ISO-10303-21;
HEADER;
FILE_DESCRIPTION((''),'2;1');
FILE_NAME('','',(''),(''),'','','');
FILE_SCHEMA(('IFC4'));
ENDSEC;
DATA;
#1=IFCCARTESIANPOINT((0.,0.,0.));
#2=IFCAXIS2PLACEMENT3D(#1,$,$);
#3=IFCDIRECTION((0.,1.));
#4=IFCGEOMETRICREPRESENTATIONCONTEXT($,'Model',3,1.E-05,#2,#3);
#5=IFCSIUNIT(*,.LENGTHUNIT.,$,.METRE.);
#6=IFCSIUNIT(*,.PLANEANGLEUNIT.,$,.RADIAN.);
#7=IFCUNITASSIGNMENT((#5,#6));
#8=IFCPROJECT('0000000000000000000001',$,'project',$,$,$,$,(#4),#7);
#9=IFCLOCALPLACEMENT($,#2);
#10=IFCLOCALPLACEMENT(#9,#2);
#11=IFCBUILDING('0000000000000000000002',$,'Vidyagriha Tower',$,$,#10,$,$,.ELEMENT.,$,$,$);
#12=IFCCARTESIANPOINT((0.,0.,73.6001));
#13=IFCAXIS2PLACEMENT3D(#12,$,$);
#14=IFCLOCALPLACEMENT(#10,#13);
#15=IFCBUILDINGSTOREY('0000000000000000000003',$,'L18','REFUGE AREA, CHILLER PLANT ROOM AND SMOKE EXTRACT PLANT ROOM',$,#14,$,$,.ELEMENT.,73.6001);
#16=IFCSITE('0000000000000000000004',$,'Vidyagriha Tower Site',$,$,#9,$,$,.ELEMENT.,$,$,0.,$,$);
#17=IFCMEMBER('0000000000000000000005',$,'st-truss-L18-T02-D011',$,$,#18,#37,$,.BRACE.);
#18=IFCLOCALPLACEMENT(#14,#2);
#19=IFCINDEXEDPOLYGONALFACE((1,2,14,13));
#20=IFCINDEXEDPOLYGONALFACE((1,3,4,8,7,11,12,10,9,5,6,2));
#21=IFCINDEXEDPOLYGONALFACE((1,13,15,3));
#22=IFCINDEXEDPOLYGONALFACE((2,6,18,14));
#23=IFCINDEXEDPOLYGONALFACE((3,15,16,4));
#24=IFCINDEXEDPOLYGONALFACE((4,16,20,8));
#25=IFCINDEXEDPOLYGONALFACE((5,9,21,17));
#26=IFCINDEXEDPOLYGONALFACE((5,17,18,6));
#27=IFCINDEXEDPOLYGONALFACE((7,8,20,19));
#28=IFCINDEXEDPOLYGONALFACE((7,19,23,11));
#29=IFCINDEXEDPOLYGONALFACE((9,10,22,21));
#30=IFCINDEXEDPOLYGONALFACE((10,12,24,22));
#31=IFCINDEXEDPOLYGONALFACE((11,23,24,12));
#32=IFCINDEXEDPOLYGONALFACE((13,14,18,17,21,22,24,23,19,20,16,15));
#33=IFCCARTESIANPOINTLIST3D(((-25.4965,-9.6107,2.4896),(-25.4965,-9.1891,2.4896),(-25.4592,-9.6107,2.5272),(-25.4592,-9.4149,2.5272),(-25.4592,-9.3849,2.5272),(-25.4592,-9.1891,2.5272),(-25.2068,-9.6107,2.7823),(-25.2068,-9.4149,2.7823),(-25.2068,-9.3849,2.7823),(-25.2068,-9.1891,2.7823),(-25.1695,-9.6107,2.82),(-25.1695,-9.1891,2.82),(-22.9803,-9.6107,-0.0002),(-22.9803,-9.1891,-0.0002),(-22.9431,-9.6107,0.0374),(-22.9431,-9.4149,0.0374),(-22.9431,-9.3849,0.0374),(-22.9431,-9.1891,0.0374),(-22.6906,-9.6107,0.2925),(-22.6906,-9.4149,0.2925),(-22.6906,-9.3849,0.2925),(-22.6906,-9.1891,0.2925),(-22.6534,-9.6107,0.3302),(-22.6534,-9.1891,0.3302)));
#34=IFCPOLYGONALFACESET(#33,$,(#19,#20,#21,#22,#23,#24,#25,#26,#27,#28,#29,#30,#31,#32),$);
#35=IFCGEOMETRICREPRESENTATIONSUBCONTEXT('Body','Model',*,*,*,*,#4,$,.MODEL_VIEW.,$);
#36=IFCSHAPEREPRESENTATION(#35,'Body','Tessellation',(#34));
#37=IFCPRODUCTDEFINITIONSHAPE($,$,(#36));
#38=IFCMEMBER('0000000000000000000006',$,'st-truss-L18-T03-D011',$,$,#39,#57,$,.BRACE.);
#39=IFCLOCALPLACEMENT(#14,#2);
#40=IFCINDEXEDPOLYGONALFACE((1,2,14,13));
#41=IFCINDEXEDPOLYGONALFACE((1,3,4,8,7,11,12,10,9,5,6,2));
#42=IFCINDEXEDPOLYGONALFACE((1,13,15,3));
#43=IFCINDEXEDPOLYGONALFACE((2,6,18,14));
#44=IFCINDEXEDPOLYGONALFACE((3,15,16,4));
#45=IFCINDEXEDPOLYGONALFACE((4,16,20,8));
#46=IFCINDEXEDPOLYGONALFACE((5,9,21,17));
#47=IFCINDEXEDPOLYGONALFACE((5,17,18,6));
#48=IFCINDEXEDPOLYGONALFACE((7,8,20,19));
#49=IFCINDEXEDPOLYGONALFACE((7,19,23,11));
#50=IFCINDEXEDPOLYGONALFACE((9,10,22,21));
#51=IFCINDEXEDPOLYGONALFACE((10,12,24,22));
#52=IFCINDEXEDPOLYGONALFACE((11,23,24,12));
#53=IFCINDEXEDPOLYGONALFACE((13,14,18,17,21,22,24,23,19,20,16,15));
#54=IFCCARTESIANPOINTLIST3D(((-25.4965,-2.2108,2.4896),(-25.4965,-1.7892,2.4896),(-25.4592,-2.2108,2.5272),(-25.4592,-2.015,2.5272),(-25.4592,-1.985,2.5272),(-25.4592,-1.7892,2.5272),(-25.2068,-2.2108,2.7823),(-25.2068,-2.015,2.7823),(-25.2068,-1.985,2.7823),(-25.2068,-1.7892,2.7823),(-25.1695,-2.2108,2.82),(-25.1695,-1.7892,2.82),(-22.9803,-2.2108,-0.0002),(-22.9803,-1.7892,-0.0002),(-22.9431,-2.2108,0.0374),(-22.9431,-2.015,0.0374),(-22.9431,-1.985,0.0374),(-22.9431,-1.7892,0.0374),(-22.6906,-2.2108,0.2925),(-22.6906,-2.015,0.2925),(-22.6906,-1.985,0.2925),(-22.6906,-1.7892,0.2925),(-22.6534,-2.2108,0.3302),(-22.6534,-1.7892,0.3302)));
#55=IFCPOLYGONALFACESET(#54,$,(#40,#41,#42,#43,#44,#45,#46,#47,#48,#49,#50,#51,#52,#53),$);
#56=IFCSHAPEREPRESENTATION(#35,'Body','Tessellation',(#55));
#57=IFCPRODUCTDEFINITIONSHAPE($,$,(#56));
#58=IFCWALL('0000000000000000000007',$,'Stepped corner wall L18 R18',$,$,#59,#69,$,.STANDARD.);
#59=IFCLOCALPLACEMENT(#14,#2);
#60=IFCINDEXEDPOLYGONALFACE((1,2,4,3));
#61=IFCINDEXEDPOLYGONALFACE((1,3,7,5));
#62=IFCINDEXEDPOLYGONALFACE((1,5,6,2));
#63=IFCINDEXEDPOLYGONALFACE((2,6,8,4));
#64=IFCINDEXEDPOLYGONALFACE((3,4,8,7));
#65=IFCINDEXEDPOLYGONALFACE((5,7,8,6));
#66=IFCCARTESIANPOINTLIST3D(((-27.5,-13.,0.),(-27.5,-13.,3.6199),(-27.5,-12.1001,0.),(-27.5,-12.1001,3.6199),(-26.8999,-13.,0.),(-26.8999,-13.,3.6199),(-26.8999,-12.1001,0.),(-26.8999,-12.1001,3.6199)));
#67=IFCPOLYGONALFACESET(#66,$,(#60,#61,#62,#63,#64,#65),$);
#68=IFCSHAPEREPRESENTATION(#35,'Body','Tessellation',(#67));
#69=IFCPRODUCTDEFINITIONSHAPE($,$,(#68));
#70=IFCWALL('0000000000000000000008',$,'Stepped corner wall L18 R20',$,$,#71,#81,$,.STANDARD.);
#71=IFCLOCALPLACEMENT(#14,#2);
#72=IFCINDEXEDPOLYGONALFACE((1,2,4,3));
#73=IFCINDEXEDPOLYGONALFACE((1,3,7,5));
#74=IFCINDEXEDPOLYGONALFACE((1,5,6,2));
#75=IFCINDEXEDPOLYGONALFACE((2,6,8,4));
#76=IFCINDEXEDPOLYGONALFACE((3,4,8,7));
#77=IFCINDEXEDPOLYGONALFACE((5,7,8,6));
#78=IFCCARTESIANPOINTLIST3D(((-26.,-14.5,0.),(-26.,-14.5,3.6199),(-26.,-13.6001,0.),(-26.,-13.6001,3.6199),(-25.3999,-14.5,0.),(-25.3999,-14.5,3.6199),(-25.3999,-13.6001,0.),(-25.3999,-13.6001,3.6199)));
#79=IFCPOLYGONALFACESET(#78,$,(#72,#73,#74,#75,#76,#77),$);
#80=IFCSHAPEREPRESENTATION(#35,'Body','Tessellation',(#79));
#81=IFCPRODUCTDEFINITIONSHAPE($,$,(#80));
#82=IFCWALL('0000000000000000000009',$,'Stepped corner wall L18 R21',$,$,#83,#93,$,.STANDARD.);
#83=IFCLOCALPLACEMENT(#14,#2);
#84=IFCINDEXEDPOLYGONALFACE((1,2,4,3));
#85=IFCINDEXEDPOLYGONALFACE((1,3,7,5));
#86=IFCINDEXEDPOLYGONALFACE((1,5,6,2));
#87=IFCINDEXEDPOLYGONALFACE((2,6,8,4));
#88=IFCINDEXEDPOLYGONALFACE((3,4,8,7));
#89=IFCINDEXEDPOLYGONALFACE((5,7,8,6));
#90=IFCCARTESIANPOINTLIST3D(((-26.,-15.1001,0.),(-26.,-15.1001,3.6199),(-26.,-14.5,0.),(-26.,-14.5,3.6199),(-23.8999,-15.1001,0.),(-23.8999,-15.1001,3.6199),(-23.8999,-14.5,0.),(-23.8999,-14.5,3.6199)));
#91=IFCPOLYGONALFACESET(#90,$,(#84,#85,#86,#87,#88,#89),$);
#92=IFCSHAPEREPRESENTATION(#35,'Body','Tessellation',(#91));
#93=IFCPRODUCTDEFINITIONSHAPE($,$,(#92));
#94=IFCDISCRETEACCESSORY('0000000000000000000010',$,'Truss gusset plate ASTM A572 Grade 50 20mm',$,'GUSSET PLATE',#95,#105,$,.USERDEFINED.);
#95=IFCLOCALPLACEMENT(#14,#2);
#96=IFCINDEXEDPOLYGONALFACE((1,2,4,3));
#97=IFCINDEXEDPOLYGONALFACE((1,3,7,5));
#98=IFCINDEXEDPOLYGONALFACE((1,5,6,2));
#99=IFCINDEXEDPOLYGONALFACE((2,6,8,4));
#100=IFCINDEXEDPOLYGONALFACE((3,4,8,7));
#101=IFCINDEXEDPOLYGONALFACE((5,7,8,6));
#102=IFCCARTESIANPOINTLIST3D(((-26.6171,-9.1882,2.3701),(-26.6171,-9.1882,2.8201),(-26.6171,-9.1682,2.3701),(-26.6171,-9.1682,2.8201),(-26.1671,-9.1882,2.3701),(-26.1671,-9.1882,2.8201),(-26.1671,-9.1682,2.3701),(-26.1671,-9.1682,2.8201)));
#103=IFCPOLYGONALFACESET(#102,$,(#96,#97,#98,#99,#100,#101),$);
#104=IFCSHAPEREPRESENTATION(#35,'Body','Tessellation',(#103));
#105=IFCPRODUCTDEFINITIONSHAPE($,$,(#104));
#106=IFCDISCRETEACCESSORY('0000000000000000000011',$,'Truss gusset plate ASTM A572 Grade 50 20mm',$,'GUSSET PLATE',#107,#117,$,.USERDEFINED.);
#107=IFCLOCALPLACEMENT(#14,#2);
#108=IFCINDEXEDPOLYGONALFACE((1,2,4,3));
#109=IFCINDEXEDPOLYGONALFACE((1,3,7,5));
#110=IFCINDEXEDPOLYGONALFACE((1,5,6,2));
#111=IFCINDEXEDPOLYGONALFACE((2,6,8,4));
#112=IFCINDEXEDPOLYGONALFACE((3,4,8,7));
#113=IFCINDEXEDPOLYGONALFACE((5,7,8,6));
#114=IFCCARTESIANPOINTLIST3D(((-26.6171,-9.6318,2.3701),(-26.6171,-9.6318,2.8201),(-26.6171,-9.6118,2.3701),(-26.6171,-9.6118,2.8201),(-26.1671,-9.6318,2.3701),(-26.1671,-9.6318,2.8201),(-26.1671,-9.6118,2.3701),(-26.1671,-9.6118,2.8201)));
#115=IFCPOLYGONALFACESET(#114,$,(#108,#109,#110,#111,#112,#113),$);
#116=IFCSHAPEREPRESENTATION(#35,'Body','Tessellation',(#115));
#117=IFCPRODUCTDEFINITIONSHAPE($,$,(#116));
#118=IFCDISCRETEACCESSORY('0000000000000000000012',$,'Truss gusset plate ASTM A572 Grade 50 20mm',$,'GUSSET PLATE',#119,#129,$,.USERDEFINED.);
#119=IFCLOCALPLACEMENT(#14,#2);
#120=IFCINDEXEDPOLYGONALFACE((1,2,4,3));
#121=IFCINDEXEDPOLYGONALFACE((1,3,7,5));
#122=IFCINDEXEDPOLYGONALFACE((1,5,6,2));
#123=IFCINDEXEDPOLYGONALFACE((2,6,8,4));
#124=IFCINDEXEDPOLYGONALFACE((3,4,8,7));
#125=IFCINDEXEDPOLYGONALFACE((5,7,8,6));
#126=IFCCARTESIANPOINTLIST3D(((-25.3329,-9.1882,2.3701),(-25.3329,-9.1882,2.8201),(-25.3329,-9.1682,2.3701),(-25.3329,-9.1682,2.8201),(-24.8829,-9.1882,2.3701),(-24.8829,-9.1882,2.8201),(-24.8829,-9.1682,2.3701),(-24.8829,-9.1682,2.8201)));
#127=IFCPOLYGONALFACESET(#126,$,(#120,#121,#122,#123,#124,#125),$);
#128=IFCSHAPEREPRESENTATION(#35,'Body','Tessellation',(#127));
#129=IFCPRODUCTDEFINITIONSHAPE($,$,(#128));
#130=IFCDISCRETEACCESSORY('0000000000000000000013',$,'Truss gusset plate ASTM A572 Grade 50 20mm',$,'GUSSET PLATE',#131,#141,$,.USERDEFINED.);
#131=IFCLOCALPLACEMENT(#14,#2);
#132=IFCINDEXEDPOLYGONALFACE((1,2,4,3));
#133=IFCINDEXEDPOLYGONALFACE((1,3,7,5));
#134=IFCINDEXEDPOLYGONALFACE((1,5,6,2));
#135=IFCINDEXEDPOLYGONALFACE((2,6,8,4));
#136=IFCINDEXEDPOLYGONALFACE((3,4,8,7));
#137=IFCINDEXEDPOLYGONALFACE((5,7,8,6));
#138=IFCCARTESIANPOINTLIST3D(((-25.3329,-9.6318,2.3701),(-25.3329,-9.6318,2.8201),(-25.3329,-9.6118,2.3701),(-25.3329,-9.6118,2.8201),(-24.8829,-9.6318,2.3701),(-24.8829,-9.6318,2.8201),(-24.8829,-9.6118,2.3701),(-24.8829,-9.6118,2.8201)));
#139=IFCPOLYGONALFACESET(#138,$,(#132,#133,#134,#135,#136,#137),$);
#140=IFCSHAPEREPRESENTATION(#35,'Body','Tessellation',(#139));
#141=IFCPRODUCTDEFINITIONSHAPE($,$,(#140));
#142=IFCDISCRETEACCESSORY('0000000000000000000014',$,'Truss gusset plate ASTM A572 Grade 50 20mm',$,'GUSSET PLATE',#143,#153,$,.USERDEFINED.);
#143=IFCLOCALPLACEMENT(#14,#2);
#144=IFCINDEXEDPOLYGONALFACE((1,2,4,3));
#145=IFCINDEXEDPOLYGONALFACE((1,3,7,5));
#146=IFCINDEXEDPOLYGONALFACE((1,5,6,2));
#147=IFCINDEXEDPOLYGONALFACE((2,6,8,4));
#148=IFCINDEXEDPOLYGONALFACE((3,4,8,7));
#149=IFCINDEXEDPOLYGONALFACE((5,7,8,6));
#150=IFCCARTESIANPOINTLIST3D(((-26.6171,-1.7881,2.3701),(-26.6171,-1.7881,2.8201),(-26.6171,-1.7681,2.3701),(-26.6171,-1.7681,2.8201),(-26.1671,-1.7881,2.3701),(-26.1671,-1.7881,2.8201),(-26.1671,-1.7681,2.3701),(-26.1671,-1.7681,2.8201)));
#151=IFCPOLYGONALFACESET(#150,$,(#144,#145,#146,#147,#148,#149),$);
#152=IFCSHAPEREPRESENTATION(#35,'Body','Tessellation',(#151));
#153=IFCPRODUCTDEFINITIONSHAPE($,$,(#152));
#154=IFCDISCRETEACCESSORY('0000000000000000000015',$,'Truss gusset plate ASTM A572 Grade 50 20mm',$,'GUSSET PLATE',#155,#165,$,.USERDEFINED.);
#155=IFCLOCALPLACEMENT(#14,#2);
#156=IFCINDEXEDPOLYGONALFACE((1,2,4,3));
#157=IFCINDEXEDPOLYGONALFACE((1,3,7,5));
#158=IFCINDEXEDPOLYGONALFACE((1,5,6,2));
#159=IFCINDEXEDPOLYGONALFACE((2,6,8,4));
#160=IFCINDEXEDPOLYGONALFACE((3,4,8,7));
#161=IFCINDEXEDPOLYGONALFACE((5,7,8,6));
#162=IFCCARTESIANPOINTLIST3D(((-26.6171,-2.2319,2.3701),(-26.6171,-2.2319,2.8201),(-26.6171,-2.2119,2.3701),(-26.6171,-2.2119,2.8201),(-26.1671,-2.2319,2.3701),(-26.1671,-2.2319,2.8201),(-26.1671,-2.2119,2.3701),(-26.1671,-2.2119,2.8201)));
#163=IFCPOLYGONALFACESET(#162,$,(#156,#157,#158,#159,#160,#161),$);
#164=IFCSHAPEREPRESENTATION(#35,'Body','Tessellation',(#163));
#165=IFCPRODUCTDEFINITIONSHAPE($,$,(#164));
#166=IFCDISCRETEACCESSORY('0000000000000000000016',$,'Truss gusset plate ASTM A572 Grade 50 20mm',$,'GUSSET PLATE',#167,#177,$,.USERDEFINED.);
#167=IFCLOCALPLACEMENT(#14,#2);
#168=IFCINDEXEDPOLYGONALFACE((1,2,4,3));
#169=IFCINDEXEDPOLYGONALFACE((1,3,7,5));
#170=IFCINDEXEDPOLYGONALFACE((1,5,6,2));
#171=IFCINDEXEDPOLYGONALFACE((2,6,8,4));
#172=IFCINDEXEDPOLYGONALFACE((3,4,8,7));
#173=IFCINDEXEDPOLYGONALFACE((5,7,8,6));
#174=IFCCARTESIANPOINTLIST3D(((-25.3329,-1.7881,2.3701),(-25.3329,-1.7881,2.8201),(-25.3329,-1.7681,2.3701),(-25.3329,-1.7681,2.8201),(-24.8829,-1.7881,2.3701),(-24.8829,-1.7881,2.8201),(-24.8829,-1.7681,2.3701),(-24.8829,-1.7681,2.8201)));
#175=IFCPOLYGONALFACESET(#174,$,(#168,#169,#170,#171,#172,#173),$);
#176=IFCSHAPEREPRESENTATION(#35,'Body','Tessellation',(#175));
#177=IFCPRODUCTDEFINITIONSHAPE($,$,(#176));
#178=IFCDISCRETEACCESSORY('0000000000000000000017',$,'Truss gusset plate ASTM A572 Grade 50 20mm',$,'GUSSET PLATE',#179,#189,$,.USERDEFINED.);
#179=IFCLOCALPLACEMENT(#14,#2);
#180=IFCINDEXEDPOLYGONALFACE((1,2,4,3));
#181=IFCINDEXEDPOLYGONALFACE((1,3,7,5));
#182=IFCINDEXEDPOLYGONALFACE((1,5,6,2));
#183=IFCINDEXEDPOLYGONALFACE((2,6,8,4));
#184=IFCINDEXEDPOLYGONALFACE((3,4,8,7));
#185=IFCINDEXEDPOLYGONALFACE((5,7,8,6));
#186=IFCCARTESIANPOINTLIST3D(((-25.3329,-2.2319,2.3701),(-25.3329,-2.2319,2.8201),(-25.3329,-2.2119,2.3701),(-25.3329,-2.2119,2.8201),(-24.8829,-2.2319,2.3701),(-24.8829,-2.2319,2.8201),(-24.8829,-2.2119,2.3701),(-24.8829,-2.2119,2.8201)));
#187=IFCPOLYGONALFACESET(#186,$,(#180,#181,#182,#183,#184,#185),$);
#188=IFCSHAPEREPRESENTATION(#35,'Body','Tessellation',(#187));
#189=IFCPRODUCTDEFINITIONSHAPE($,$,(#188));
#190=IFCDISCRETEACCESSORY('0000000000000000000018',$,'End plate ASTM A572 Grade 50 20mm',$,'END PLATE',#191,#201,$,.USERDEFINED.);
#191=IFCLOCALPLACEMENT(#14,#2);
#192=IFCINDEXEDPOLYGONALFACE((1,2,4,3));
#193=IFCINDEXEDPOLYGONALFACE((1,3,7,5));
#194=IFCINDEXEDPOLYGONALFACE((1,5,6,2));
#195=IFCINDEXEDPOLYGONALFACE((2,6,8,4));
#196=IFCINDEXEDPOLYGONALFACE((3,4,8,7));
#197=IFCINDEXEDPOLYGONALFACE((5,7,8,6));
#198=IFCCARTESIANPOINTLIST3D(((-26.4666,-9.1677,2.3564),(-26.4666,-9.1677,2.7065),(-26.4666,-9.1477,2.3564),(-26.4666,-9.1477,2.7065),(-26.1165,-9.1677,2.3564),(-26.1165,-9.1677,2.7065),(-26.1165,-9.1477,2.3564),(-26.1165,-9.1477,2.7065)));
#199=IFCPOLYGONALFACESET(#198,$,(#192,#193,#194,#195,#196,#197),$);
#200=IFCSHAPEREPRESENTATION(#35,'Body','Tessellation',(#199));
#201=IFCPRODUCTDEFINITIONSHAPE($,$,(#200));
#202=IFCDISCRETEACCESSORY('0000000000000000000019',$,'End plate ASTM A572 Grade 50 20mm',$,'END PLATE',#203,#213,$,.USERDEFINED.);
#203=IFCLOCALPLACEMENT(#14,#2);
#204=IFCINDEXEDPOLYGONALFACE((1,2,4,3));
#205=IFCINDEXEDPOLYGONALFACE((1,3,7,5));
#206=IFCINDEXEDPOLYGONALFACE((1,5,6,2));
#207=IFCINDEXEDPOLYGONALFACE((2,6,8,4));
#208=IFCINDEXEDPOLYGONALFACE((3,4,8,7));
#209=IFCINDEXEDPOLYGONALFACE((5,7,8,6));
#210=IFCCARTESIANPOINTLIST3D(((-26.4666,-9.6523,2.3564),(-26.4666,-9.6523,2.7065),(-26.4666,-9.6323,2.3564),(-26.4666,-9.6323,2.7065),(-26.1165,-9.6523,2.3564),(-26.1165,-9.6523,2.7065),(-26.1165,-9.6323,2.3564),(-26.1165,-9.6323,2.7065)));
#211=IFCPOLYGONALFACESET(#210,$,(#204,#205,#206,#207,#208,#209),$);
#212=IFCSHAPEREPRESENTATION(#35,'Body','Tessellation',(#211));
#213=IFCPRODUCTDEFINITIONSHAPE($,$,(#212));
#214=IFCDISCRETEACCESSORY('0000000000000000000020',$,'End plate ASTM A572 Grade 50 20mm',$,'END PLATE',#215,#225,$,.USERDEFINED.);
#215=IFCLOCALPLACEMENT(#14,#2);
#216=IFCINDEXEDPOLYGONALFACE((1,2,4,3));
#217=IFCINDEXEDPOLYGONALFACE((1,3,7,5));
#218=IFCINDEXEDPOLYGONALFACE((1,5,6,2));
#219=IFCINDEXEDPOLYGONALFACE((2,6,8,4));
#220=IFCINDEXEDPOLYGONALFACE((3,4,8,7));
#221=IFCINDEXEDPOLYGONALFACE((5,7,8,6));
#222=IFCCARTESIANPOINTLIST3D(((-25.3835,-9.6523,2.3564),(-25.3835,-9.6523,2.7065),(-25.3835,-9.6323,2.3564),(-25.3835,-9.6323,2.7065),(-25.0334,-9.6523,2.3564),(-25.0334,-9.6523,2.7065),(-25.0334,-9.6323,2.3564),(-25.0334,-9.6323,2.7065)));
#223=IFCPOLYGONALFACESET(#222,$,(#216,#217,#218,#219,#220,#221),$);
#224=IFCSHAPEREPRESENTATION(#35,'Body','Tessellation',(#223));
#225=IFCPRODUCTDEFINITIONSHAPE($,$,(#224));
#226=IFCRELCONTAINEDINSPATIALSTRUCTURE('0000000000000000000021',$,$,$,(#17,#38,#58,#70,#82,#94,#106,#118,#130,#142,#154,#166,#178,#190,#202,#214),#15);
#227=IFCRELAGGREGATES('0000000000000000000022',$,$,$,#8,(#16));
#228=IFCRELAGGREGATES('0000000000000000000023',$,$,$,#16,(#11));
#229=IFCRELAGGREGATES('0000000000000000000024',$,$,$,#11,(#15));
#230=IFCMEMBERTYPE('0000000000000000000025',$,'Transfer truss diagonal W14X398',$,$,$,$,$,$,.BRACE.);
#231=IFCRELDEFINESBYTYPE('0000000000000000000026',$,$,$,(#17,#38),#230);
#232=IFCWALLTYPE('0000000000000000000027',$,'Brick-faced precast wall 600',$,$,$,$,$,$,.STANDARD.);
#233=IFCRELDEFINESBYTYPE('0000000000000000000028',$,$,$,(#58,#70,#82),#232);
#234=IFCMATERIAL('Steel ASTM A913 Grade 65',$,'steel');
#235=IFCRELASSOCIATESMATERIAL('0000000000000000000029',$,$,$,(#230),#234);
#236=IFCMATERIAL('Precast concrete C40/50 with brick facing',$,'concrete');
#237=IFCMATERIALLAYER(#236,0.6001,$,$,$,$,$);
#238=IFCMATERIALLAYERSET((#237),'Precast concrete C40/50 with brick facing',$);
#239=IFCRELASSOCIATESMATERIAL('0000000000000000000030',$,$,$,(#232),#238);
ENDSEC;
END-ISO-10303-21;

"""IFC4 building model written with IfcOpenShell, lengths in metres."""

from ifc_helpers import new_model, si_unit, direction, frame, frame_2d, origin, origin_2d, place, context, subcontext, project, spatial, rectangle, i_section, extrude, material, layer, layer_set, material_profile, profile_set, type_object, element, save


model = new_model("IFC4")

# Units and contexts
model_context = context("Model", 3, precision=1e-05, world=origin(), true_north=direction((0.0, 1.0)))
body_context = subcontext(model_context, "Body", "Model", "MODEL_VIEW")
ifc_project = project(units=[si_unit("LENGTHUNIT", "METRE"), si_unit("PLANEANGLEUNIT", "RADIAN")], contexts=[model_context])

# Site, building, storey
site_placement = place(None, origin())
site = spatial("IfcSite", under=ifc_project, at=site_placement, Name="Vidyagriha Tower Site", CompositionType="ELEMENT", RefElevation=0.0)
building_placement = place(site_placement, origin())
building = spatial("IfcBuilding", under=site, at=building_placement, Name="Vidyagriha Tower", CompositionType="ELEMENT")
storey_placement = place(building_placement, frame((0.0, 0.0, 73.6001)))
storey = spatial("IfcBuildingStorey", under=building, at=storey_placement, Name="L18", Description="REFUGE AREA, CHILLER PLANT ROOM AND SMOKE EXTRACT PLANT ROOM", CompositionType="ELEMENT", Elevation=73.6001)

# Members
ifc_material_1 = material(Name="Steel ASTM A913 Grade 65", Category="steel")
ifc_material_profile = material_profile(ifc_material_1, i_section(OverallWidth=0.4216, OverallDepth=0.4648, WebThickness=0.03, FlangeThickness=0.053, at=origin_2d()), Name="W14X398")
ifc_profile_set = profile_set([ifc_material_profile], Name="Steel ASTM A913 Grade 65")
member_type = type_object("IfcMemberType", Name="Transfer truss diagonal W14X398", PredefinedType="BRACE", material=ifc_profile_set)
for number, where, z_axis, x_axis, name in (
    (1, (-25.333, -9.3999, 2.6548), (0.710821, 0.0, -0.703373), (0.0, 1.0, 0.0), "st-truss-L18-T02-D011"),
    (2, (-25.333, -2.0, 2.6548), (0.710821, 0.0, -0.703373), (0.0, 1.0, 0.0), "st-truss-L18-T03-D011"),
):
    element("IfcMember", number, at=place(storey_placement, frame(where, z_axis=z_axis, x_axis=x_axis)), inside=storey, type_object=member_type, Name=name, PredefinedType="BRACE", context=body_context, shape_type="SweptSolid", body=[
        extrude(i_section(OverallWidth=0.4216, OverallDepth=0.4648, WebThickness=0.03, FlangeThickness=0.053, at=origin_2d()), origin(), (0.0, 0.0, 1.0), 3.5398),
    ])

# Walls
ifc_material_2 = material(Name="Precast concrete C40/50 with brick facing", Category="concrete")
ifc_layer = layer(ifc_material_2, 0.6001)
ifc_layer_set = layer_set([ifc_layer], Name="Precast concrete C40/50 with brick facing")
wall_type = type_object("IfcWallType", Name="Brick-faced precast wall 600", PredefinedType="STANDARD", material=ifc_layer_set)
for number, where, z_axis, x_axis, name in (
    (3, (-27.2, -12.1001, 0.0), (0.0, 0.0, 1.0), (0.0, -1.0, 0.0), "Stepped corner wall L18 R18"),
    (4, (-25.7, -13.6001, 0.0), (0.0, 0.0, 1.0), (0.0, -1.0, 0.0), "Stepped corner wall L18 R20"),
):
    element("IfcWall", number, at=place(storey_placement, frame(where, z_axis=z_axis, x_axis=x_axis)), inside=storey, type_object=wall_type, Name=name, PredefinedType="STANDARD", context=body_context, shape_type="SweptSolid", body=[
        extrude(rectangle(XDim=0.8999, YDim=0.6001, at=frame_2d((0.45, 0.0))), origin(), (0.0, 0.0, 1.0), 3.6199),
    ])
wall_placement = place(storey_placement, frame((-26.0, -14.8, 0.0)))
element("IfcWall", 5, at=wall_placement, inside=storey, type_object=wall_type, Name="Stepped corner wall L18 R21", PredefinedType="STANDARD", context=body_context, shape_type="SweptSolid", body=[
    extrude(rectangle(XDim=2.1001, YDim=0.6001, at=frame_2d((1.05, 0.0))), origin(), (0.0, 0.0, 1.0), 3.6199),
])

# Discrete accessories
for number, where, name in (
    (6, (-26.3921, -9.1782, 2.3701), "Truss gusset plate ASTM A572 Grade 50 20mm"),
    (7, (-26.3921, -9.6218, 2.3701), "Truss gusset plate ASTM A572 Grade 50 20mm"),
    (8, (-25.1079, -9.1782, 2.3701), "Truss gusset plate ASTM A572 Grade 50 20mm"),
    (9, (-25.1079, -9.6218, 2.3701), "Truss gusset plate ASTM A572 Grade 50 20mm"),
    (10, (-26.3921, -1.7781, 2.3701), "Truss gusset plate ASTM A572 Grade 50 20mm"),
    (11, (-26.3921, -2.2219, 2.3701), "Truss gusset plate ASTM A572 Grade 50 20mm"),
    (12, (-25.1079, -1.7781, 2.3701), "Truss gusset plate ASTM A572 Grade 50 20mm"),
    (13, (-25.1079, -2.2219, 2.3701), "Truss gusset plate ASTM A572 Grade 50 20mm"),
):
    element("IfcDiscreteAccessory", number, at=place(storey_placement, frame(where)), inside=storey, Name=name, ObjectType="GUSSET PLATE", PredefinedType="USERDEFINED", context=body_context, shape_type="SweptSolid", body=[
        extrude(rectangle(XDim=0.45, YDim=0.02, at=origin_2d()), origin(), (0.0, 0.0, 1.0), 0.45),
    ])
for number, where, name in (
    (14, (-26.2915, -9.1577, 2.3564), "End plate ASTM A572 Grade 50 20mm"),
    (15, (-26.2915, -9.6423, 2.3564), "End plate ASTM A572 Grade 50 20mm"),
):
    element("IfcDiscreteAccessory", number, at=place(storey_placement, frame(where)), inside=storey, Name=name, ObjectType="END PLATE", PredefinedType="USERDEFINED", context=body_context, shape_type="SweptSolid", body=[
        extrude(rectangle(XDim=0.3501, YDim=0.02, at=origin_2d()), origin(), (0.0, 0.0, 1.0), 0.3501),
    ])
for number, where, z_axis, x_axis, name in (
    (16, (-25.2085, -9.6423, 2.3564), (0.0, 0.0, 1.0), (-1.0, 0.0, 0.0), "End plate ASTM A572 Grade 50 20mm"),
):
    element("IfcDiscreteAccessory", number, at=place(storey_placement, frame(where, z_axis=z_axis, x_axis=x_axis)), inside=storey, Name=name, ObjectType="END PLATE", PredefinedType="USERDEFINED", context=body_context, shape_type="SweptSolid", body=[
        extrude(rectangle(XDim=0.3501, YDim=0.02, at=origin_2d()), origin(), (0.0, 0.0, 1.0), 0.3501),
    ])

save(model, "model.ifc")
